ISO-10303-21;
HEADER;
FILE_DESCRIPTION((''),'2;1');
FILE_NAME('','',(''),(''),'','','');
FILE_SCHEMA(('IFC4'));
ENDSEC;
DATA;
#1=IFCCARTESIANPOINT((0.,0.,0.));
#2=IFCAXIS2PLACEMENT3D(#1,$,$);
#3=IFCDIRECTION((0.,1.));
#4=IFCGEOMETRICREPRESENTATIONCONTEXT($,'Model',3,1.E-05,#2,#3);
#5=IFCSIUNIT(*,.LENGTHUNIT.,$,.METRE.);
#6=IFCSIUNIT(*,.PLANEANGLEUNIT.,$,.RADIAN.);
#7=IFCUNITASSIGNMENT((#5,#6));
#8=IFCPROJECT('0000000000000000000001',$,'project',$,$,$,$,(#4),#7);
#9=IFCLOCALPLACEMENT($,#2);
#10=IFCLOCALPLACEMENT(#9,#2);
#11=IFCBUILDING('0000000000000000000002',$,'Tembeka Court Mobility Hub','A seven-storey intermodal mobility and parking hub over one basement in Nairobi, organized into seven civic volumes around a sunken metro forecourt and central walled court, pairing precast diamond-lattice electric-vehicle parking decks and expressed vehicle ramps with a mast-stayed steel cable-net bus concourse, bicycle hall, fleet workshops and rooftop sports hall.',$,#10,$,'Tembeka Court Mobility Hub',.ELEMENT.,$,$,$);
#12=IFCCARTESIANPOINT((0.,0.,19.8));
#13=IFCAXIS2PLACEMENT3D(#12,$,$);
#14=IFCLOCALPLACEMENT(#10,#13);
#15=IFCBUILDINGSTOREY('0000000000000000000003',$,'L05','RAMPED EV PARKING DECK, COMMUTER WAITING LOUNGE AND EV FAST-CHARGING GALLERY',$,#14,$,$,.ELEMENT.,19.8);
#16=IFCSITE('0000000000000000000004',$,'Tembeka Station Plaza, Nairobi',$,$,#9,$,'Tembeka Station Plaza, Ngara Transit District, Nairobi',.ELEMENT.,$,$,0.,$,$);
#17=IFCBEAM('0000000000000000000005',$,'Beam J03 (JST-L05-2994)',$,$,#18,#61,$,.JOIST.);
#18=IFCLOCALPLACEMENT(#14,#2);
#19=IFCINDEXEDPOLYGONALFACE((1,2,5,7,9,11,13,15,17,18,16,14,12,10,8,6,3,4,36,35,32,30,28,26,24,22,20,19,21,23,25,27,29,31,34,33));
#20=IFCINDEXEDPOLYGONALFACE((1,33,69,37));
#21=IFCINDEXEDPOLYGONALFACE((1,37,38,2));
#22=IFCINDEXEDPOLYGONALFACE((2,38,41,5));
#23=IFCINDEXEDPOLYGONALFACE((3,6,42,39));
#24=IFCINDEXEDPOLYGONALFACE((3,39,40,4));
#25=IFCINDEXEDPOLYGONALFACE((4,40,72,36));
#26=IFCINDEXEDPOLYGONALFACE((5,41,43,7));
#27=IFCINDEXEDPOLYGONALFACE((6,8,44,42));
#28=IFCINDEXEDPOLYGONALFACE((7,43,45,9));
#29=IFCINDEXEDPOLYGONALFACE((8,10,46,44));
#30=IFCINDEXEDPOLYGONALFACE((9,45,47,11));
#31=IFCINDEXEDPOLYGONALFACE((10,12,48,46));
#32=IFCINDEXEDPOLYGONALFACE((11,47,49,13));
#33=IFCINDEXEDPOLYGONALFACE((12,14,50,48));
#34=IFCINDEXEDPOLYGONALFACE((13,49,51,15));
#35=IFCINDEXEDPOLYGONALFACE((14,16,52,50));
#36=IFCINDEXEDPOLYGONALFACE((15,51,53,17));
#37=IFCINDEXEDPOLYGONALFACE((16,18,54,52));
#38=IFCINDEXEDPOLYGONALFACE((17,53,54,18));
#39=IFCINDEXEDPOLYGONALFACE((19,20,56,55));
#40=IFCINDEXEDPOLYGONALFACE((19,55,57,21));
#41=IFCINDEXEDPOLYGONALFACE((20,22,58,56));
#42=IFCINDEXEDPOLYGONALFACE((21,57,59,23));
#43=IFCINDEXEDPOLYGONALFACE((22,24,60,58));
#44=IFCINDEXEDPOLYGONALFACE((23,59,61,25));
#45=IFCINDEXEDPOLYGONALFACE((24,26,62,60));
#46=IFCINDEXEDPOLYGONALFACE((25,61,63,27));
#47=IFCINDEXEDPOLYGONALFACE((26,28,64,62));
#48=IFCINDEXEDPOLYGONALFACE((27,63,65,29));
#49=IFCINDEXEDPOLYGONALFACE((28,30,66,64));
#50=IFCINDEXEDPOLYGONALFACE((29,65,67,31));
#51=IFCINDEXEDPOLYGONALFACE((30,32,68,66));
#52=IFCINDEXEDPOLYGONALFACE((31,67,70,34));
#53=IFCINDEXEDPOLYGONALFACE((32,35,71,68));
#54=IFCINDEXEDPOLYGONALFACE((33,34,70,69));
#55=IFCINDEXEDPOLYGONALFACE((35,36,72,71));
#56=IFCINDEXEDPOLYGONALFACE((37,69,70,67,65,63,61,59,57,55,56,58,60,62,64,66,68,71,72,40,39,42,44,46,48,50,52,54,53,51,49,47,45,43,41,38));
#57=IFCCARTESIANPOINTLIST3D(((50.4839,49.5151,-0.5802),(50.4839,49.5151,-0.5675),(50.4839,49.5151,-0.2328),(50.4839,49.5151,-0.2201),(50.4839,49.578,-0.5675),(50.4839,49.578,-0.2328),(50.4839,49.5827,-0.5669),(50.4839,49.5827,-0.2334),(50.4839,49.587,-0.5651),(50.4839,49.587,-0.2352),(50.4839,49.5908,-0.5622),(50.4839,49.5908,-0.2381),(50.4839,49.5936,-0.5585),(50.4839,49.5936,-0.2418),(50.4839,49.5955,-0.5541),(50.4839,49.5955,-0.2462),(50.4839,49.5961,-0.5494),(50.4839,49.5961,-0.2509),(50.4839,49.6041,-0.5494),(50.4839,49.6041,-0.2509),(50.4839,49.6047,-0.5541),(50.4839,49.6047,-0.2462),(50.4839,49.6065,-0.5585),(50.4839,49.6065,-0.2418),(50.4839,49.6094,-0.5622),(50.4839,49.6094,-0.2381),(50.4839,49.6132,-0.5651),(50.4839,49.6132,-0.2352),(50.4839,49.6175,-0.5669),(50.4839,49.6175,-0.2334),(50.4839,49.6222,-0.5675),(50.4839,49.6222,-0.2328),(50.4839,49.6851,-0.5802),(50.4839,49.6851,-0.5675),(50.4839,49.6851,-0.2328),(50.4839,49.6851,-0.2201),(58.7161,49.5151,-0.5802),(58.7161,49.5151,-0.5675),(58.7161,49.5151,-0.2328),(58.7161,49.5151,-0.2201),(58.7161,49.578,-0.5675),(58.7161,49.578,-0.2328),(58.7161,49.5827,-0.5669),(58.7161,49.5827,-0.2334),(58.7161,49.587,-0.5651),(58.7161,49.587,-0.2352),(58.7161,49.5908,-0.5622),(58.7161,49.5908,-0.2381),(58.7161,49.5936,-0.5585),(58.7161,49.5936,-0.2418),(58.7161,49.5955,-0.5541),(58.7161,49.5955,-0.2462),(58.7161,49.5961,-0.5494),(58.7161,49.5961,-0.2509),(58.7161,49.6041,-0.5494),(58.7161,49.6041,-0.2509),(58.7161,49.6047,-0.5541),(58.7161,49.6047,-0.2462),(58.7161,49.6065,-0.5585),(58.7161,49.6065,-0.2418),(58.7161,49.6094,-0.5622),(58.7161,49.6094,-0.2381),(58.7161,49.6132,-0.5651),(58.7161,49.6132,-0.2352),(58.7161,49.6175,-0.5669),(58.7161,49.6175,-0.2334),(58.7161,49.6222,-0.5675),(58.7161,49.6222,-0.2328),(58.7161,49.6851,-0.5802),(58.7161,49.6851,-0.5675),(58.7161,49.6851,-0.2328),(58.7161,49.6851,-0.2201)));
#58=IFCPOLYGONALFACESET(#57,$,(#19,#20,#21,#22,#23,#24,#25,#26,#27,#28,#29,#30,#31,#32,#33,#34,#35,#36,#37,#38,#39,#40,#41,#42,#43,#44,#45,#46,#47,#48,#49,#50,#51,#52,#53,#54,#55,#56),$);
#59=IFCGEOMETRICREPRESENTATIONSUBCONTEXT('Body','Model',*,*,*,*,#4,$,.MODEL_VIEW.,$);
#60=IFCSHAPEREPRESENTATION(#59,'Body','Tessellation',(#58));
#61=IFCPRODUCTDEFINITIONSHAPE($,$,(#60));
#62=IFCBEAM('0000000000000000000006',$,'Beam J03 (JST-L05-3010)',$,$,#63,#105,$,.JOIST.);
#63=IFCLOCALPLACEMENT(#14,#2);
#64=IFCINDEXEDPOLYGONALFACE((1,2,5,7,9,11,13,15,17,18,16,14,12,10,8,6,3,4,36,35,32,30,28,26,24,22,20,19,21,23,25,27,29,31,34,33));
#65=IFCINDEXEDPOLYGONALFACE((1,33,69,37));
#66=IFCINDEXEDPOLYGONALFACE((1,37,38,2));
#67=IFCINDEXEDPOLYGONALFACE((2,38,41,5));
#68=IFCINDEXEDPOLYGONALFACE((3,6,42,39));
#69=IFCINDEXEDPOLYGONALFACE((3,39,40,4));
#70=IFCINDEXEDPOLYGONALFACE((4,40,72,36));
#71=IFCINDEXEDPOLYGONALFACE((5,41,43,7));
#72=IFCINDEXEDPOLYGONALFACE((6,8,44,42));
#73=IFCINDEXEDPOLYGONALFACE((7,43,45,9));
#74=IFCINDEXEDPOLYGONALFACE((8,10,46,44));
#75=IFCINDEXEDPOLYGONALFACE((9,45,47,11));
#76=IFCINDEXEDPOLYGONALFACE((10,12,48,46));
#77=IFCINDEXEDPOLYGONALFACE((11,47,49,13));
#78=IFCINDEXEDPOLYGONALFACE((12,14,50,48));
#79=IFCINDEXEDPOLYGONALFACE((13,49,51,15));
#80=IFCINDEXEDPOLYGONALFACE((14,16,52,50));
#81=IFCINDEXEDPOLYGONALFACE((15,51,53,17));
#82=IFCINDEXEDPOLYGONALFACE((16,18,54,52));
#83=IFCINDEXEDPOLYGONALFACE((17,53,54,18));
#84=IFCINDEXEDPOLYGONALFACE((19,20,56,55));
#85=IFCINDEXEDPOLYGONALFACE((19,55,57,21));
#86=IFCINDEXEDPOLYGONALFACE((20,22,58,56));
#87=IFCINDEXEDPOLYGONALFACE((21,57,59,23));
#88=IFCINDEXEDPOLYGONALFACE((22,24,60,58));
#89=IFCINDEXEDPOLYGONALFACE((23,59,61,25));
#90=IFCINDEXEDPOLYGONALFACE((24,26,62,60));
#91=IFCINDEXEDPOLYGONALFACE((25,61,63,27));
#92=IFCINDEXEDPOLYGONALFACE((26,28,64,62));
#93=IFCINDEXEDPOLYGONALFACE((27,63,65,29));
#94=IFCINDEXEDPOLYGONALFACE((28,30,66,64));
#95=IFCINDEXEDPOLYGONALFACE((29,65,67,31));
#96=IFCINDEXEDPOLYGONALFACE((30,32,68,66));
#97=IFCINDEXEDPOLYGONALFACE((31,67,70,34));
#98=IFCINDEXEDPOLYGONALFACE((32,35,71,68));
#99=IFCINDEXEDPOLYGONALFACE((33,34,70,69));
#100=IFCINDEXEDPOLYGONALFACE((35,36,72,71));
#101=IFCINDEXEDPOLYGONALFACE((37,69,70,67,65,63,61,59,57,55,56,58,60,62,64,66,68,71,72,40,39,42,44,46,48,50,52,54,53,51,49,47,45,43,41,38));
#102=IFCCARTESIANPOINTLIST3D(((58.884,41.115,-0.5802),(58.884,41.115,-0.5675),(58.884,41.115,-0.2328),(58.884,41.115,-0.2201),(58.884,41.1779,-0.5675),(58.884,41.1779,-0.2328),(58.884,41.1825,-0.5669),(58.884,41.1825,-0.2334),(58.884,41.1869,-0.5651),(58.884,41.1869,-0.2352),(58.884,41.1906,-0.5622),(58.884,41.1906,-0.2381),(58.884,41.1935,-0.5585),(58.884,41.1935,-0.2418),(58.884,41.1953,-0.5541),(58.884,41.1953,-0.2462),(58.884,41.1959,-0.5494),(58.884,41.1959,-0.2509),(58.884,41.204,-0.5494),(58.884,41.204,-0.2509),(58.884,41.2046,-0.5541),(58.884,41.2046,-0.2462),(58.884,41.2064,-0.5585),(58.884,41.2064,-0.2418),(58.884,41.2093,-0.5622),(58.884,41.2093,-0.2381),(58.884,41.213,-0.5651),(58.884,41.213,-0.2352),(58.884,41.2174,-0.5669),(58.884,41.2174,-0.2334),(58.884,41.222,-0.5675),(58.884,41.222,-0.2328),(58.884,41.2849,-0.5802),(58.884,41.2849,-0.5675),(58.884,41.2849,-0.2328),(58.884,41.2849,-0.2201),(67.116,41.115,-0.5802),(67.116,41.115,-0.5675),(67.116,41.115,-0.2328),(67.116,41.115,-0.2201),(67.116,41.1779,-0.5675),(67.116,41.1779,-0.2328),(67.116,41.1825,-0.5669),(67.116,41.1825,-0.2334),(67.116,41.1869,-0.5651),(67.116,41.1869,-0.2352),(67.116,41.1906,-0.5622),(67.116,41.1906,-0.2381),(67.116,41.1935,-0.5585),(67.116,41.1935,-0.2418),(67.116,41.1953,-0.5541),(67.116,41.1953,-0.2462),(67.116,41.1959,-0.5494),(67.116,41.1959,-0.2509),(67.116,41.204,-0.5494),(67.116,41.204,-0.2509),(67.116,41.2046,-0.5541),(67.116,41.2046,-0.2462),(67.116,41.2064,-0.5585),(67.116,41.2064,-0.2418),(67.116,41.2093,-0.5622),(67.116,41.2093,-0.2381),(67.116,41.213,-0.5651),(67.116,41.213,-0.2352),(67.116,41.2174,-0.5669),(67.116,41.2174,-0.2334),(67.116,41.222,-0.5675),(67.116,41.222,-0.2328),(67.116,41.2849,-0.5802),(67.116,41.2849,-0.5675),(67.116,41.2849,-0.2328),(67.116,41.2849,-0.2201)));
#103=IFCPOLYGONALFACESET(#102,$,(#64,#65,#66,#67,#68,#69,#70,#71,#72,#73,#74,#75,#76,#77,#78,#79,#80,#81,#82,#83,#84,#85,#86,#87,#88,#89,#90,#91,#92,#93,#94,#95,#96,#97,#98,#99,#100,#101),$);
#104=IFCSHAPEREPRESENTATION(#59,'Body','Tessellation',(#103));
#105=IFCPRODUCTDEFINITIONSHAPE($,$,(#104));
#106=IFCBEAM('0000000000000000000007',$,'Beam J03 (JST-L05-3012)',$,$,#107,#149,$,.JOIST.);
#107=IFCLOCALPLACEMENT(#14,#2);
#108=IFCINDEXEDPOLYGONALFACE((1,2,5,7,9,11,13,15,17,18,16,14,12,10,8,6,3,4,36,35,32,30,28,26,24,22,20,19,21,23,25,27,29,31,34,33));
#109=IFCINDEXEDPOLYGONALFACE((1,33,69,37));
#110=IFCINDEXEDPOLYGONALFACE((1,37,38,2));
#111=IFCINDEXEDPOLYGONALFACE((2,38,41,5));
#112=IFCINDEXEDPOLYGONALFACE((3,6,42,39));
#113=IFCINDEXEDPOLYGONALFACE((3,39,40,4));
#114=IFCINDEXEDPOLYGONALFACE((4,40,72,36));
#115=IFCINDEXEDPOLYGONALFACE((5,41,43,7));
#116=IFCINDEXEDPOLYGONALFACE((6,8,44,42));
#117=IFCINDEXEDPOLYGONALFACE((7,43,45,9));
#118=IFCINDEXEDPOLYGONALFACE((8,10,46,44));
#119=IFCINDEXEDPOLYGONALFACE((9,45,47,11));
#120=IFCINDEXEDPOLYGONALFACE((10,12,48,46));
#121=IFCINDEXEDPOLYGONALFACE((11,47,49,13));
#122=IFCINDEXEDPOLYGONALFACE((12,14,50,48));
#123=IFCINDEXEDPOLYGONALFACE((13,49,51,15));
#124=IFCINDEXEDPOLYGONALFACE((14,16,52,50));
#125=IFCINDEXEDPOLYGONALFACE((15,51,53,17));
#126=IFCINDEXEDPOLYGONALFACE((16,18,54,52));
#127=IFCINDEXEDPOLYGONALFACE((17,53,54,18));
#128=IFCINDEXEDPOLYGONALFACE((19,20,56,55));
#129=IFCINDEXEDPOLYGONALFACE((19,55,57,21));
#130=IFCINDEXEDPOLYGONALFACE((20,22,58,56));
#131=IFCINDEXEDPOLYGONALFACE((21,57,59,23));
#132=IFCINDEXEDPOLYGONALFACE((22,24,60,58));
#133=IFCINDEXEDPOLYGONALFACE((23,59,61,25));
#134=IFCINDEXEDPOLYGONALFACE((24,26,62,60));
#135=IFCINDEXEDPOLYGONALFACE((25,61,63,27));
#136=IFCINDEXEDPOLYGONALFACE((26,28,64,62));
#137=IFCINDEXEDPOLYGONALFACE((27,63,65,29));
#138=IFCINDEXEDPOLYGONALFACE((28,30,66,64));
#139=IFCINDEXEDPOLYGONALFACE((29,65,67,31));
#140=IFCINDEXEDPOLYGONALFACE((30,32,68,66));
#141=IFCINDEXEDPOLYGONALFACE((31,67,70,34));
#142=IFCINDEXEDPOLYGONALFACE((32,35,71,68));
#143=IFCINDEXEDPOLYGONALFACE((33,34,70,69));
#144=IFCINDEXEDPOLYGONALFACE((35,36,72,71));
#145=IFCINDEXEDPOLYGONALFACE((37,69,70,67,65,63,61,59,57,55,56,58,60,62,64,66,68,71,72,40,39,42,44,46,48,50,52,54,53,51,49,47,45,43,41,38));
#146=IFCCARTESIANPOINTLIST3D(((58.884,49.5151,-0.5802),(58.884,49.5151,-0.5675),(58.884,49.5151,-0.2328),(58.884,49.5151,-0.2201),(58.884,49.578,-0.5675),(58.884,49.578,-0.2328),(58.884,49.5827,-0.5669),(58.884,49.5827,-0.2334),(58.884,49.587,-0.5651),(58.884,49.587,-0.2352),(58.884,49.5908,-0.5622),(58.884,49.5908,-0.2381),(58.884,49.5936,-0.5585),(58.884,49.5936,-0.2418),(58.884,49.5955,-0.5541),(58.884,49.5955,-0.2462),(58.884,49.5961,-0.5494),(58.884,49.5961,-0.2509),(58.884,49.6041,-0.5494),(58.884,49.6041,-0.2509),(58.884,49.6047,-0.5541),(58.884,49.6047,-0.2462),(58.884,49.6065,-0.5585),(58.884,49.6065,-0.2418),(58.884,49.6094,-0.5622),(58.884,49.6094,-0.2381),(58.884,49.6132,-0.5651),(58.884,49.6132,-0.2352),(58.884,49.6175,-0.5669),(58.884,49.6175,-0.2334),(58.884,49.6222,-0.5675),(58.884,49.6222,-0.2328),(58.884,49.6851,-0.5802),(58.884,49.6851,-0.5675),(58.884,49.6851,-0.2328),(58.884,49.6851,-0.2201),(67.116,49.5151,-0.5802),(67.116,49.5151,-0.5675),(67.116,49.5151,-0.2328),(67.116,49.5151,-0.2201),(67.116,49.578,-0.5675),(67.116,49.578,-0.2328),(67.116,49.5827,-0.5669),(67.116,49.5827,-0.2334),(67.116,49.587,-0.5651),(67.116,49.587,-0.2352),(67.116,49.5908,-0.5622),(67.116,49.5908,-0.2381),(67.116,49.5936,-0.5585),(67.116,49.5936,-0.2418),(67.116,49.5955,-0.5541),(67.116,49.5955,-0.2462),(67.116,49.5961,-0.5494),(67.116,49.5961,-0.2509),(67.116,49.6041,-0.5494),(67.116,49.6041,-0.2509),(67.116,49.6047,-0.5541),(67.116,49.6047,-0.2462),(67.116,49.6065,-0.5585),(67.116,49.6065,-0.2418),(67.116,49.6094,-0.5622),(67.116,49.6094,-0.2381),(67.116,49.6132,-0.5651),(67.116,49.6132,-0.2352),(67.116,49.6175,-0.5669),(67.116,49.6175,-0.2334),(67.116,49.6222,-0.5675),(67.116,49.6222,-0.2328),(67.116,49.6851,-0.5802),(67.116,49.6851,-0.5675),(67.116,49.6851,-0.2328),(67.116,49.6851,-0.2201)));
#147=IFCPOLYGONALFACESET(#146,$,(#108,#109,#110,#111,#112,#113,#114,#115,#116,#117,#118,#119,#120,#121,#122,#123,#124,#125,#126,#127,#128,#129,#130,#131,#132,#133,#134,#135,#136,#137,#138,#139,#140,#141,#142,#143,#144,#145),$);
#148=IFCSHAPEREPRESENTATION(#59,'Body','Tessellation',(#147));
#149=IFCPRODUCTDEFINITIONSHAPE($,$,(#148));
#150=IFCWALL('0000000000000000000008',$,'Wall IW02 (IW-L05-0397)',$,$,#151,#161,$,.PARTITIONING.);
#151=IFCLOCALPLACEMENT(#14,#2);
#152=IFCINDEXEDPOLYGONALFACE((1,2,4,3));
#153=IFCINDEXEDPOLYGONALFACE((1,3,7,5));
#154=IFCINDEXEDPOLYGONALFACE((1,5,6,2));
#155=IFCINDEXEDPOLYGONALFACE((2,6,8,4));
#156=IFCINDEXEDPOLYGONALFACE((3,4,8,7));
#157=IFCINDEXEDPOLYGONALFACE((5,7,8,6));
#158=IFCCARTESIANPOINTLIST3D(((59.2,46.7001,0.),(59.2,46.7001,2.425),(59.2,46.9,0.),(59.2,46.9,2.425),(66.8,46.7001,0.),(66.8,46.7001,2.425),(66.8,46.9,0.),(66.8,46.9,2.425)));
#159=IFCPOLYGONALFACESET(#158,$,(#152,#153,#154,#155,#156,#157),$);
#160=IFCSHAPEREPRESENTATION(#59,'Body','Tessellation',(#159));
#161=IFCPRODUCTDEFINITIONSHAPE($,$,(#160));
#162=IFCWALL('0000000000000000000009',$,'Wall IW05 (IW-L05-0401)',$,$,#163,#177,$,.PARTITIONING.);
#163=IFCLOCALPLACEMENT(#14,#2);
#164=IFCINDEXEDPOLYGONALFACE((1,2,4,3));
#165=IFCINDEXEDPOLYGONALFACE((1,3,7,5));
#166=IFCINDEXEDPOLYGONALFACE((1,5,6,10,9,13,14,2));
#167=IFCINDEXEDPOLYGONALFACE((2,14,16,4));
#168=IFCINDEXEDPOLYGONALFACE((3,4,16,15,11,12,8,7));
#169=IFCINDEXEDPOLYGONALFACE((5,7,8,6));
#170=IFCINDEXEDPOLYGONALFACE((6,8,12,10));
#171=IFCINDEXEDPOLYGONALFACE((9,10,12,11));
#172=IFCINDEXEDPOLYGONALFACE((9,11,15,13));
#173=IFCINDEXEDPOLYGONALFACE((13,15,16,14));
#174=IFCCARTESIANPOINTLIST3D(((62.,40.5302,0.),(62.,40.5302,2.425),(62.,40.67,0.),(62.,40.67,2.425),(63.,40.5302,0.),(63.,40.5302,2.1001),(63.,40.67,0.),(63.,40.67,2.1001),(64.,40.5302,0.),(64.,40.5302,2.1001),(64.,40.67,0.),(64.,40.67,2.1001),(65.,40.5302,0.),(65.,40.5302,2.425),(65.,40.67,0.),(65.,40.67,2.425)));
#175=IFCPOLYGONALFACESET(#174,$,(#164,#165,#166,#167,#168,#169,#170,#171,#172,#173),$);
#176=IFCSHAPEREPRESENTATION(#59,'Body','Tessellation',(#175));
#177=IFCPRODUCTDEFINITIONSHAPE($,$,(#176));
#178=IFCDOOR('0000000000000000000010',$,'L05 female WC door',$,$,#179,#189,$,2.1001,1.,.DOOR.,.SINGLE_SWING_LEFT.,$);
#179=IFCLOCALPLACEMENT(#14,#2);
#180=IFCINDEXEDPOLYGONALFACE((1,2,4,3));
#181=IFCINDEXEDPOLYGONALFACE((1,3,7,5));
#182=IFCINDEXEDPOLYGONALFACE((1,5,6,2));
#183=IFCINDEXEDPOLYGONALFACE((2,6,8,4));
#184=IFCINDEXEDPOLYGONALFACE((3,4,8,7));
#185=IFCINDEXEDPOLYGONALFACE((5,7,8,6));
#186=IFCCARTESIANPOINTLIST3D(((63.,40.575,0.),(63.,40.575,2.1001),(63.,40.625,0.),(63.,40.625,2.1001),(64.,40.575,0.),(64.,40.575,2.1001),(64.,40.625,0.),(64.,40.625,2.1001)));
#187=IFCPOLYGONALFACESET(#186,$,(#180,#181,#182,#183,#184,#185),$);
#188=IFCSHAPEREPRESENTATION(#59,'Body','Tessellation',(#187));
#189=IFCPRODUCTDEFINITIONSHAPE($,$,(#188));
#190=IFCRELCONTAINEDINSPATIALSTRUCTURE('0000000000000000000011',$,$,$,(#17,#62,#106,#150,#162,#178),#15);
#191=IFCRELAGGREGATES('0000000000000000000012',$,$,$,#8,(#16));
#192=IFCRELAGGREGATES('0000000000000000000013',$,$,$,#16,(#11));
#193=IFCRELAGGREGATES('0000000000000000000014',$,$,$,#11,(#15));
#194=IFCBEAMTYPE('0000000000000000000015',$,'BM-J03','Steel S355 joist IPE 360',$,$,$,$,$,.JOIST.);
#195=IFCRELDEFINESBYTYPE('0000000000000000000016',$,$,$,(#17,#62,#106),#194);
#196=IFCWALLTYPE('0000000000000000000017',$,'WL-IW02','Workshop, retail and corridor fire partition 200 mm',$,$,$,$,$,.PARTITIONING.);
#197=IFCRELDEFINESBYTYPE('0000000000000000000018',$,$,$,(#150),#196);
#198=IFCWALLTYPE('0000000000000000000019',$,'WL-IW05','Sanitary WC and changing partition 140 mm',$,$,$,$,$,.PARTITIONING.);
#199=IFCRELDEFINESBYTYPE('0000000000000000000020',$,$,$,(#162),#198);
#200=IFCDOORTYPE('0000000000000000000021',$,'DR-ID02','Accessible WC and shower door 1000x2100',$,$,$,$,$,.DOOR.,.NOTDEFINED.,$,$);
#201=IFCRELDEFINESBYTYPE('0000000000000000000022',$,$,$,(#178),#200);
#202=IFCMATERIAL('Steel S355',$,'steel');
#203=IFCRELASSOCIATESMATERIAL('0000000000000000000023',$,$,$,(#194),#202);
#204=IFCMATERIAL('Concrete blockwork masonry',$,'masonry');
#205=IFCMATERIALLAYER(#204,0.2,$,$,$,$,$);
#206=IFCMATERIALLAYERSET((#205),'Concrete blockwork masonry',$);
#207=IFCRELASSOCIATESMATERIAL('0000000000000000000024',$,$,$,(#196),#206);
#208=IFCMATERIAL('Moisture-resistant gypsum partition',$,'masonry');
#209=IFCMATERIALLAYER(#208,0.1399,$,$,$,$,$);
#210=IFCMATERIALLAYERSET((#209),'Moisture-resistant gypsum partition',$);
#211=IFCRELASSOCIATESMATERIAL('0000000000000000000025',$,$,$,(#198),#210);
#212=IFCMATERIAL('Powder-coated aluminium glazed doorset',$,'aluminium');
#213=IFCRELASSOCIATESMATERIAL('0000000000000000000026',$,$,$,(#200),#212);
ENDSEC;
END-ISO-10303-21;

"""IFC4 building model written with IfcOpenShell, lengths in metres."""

from ifc_helpers import new_model, si_unit, direction, frame, frame_2d, origin, origin_2d, place, context, subcontext, project, spatial, rectangle, i_section, extrude, material, layer, layer_set, material_profile, profile_set, type_object, element, fill, save


model = new_model("IFC4")

# Units and contexts
model_context = context("Model", 3, precision=1e-05, world=origin(), true_north=direction((0.0, 1.0)))
body_context = subcontext(model_context, "Body", "Model", "MODEL_VIEW")
ifc_project = project(units=[si_unit("LENGTHUNIT", "METRE"), si_unit("PLANEANGLEUNIT", "RADIAN")], contexts=[model_context])

# Site, building, storey
site_placement = place(None, origin())
site = spatial("IfcSite", under=ifc_project, at=site_placement, Name="Tembeka Station Plaza, Nairobi", LongName="Tembeka Station Plaza, Ngara Transit District, Nairobi", CompositionType="ELEMENT", RefElevation=0.0)
building_placement = place(site_placement, origin())
building = spatial("IfcBuilding", under=site, at=building_placement, Name="Tembeka Court Mobility Hub", Description="A seven-storey intermodal mobility and parking hub over one basement in Nairobi, organized into seven civic volumes around a sunken metro forecourt and central walled court, pairing precast diamond-lattice electric-vehicle parking decks and expressed vehicle ramps with a mast-stayed steel cable-net bus concourse, bicycle hall, fleet workshops and rooftop sports hall.", LongName="Tembeka Court Mobility Hub", CompositionType="ELEMENT")
storey_placement = place(building_placement, frame((0.0, 0.0, 19.8)))
storey = spatial("IfcBuildingStorey", under=building, at=storey_placement, Name="L05", Description="RAMPED EV PARKING DECK, COMMUTER WAITING LOUNGE AND EV FAST-CHARGING GALLERY", CompositionType="ELEMENT", Elevation=19.8)

# Shared definitions
ifc_material_1 = material(Name="Steel S355", Category="steel")

# Beams
ifc_material_profile_1 = material_profile(ifc_material_1, i_section(OverallWidth=0.1699, OverallDepth=0.3601, WebThickness=0.0081, FlangeThickness=0.0127, FilletRadius=0.0181, at=origin_2d()), Name="IPE 360")
ifc_profile_set_1 = profile_set([ifc_material_profile_1], Name="Steel S355")
beam_type_1 = type_object("IfcBeamType", Name="BM-J03", Description="Steel S355 joist IPE 360", PredefinedType="JOIST", material=ifc_profile_set_1)
for number, where, z_axis, x_axis, name in (
    (1, (50.4839, 49.6001, -0.4001), (1.0, 0.0, 0.0), (0.0, 1.0, 0.0), "Beam J03 (JST-L05-2994)"),
):
    element("IfcBeam", number, at=place(storey_placement, frame(where, z_axis=z_axis, x_axis=x_axis)), inside=storey, type_object=beam_type_1, Name=name, PredefinedType="JOIST", context=body_context, shape_type="SweptSolid", body=[
        extrude(i_section(OverallWidth=0.1699, OverallDepth=0.3601, WebThickness=0.0081, FlangeThickness=0.0127, FilletRadius=0.0181, at=origin_2d()), origin(), (0.0, 0.0, 1.0), 8.2322),
    ])
for number, where, z_axis, x_axis, name in (
    (2, (58.884, 41.2, -0.4001), (1.0, 0.0, 0.0), (0.0, 1.0, 0.0), "Beam J03 (JST-L05-3010)"),
    (3, (58.884, 49.6001, -0.4001), (1.0, 0.0, 0.0), (0.0, 1.0, 0.0), "Beam J03 (JST-L05-3012)"),
):
    element("IfcBeam", number, at=place(storey_placement, frame(where, z_axis=z_axis, x_axis=x_axis)), inside=storey, type_object=beam_type_1, Name=name, PredefinedType="JOIST", context=body_context, shape_type="SweptSolid", body=[
        extrude(i_section(OverallWidth=0.1699, OverallDepth=0.3601, WebThickness=0.0081, FlangeThickness=0.0127, FilletRadius=0.0181, at=origin_2d()), origin(), (0.0, 0.0, 1.0), 8.2319),
    ])

# Wall
ifc_material_2 = material(Name="Concrete blockwork masonry", Category="masonry")
ifc_layer_1 = layer(ifc_material_2, 0.2)
ifc_layer_set_1 = layer_set([ifc_layer_1], Name="Concrete blockwork masonry")
wall_type_1 = type_object("IfcWallType", Name="WL-IW02", Description="Workshop, retail and corridor fire partition 200 mm", PredefinedType="PARTITIONING", material=ifc_layer_set_1)
wall_1_placement = place(storey_placement, frame((59.2, 46.8, 0.0), z_axis=(0.0, 0.0, 1.0), x_axis=(1.0, 0.0, 0.0)))
element("IfcWall", 4, at=wall_1_placement, inside=storey, type_object=wall_type_1, Name="Wall IW02 (IW-L05-0397)", PredefinedType="PARTITIONING", context=body_context, shape_type="SweptSolid", body=[
    extrude(rectangle(XDim=7.6001, YDim=0.2, at=frame_2d((3.8, 0.0))), origin(), (0.0, 0.0, 1.0), 2.425),
])

# Wall, opening, door
ifc_material_3 = material(Name="Moisture-resistant gypsum partition", Category="masonry")
ifc_layer_2 = layer(ifc_material_3, 0.1399)
ifc_layer_set_2 = layer_set([ifc_layer_2], Name="Moisture-resistant gypsum partition")
wall_type_2 = type_object("IfcWallType", Name="WL-IW05", Description="Sanitary WC and changing partition 140 mm", PredefinedType="PARTITIONING", material=ifc_layer_set_2)
wall_2_placement = place(storey_placement, frame((62.0, 40.6001, 0.0), z_axis=(0.0, 0.0, 1.0), x_axis=(1.0, 0.0, 0.0)))
wall_2 = element("IfcWall", 5, at=wall_2_placement, inside=storey, type_object=wall_type_2, Name="Wall IW05 (IW-L05-0401)", PredefinedType="PARTITIONING", context=body_context, shape_type="SweptSolid", body=[
    extrude(rectangle(XDim=3.0, YDim=0.1399, at=frame_2d((1.5, 0.0))), origin(), (0.0, 0.0, 1.0), 2.425),
])
opening_1_placement = place(wall_2_placement, frame((1.0, 0.0, 0.0)))
opening_1 = element("IfcOpeningElement", 6, at=opening_1_placement, cuts=wall_2, PredefinedType="OPENING", context=body_context, shape_type="SweptSolid", body=[
    extrude(rectangle(XDim=1.0, YDim=2.1001, at=frame_2d((0.5, 1.05))), frame((0.0, 0.0801, 0.0), z_axis=(0.0, -1.0, 0.0), x_axis=(1.0, 0.0, 0.0)), (0.0, 0.0, 1.0), 0.1599),
])
ifc_material_4 = material(Name="Powder-coated aluminium glazed doorset", Category="aluminium")
door_type_1 = type_object("IfcDoorType", Name="DR-ID02", Description="Accessible WC and shower door 1000x2100", OperationType="NOTDEFINED", PredefinedType="DOOR", material=ifc_material_4)
door_1_placement = place(opening_1_placement, origin())
door_1 = element("IfcDoor", 7, at=door_1_placement, inside=storey, type_object=door_type_1, Name="L05 female WC door", OperationType="SINGLE_SWING_LEFT", OverallHeight=2.1001, OverallWidth=1.0, PredefinedType="DOOR", context=body_context, shape_type="SweptSolid", body=[
    extrude(rectangle(XDim=1.0, YDim=2.1001, at=frame_2d((0.5, 1.05))), frame((0.0, 0.0249, 0.0), z_axis=(0.0, -1.0, 0.0), x_axis=(1.0, 0.0, 0.0)), (0.0, 0.0, 1.0), 0.05),
])
fill(opening_1, door_1)

save(model, "model.ifc")
